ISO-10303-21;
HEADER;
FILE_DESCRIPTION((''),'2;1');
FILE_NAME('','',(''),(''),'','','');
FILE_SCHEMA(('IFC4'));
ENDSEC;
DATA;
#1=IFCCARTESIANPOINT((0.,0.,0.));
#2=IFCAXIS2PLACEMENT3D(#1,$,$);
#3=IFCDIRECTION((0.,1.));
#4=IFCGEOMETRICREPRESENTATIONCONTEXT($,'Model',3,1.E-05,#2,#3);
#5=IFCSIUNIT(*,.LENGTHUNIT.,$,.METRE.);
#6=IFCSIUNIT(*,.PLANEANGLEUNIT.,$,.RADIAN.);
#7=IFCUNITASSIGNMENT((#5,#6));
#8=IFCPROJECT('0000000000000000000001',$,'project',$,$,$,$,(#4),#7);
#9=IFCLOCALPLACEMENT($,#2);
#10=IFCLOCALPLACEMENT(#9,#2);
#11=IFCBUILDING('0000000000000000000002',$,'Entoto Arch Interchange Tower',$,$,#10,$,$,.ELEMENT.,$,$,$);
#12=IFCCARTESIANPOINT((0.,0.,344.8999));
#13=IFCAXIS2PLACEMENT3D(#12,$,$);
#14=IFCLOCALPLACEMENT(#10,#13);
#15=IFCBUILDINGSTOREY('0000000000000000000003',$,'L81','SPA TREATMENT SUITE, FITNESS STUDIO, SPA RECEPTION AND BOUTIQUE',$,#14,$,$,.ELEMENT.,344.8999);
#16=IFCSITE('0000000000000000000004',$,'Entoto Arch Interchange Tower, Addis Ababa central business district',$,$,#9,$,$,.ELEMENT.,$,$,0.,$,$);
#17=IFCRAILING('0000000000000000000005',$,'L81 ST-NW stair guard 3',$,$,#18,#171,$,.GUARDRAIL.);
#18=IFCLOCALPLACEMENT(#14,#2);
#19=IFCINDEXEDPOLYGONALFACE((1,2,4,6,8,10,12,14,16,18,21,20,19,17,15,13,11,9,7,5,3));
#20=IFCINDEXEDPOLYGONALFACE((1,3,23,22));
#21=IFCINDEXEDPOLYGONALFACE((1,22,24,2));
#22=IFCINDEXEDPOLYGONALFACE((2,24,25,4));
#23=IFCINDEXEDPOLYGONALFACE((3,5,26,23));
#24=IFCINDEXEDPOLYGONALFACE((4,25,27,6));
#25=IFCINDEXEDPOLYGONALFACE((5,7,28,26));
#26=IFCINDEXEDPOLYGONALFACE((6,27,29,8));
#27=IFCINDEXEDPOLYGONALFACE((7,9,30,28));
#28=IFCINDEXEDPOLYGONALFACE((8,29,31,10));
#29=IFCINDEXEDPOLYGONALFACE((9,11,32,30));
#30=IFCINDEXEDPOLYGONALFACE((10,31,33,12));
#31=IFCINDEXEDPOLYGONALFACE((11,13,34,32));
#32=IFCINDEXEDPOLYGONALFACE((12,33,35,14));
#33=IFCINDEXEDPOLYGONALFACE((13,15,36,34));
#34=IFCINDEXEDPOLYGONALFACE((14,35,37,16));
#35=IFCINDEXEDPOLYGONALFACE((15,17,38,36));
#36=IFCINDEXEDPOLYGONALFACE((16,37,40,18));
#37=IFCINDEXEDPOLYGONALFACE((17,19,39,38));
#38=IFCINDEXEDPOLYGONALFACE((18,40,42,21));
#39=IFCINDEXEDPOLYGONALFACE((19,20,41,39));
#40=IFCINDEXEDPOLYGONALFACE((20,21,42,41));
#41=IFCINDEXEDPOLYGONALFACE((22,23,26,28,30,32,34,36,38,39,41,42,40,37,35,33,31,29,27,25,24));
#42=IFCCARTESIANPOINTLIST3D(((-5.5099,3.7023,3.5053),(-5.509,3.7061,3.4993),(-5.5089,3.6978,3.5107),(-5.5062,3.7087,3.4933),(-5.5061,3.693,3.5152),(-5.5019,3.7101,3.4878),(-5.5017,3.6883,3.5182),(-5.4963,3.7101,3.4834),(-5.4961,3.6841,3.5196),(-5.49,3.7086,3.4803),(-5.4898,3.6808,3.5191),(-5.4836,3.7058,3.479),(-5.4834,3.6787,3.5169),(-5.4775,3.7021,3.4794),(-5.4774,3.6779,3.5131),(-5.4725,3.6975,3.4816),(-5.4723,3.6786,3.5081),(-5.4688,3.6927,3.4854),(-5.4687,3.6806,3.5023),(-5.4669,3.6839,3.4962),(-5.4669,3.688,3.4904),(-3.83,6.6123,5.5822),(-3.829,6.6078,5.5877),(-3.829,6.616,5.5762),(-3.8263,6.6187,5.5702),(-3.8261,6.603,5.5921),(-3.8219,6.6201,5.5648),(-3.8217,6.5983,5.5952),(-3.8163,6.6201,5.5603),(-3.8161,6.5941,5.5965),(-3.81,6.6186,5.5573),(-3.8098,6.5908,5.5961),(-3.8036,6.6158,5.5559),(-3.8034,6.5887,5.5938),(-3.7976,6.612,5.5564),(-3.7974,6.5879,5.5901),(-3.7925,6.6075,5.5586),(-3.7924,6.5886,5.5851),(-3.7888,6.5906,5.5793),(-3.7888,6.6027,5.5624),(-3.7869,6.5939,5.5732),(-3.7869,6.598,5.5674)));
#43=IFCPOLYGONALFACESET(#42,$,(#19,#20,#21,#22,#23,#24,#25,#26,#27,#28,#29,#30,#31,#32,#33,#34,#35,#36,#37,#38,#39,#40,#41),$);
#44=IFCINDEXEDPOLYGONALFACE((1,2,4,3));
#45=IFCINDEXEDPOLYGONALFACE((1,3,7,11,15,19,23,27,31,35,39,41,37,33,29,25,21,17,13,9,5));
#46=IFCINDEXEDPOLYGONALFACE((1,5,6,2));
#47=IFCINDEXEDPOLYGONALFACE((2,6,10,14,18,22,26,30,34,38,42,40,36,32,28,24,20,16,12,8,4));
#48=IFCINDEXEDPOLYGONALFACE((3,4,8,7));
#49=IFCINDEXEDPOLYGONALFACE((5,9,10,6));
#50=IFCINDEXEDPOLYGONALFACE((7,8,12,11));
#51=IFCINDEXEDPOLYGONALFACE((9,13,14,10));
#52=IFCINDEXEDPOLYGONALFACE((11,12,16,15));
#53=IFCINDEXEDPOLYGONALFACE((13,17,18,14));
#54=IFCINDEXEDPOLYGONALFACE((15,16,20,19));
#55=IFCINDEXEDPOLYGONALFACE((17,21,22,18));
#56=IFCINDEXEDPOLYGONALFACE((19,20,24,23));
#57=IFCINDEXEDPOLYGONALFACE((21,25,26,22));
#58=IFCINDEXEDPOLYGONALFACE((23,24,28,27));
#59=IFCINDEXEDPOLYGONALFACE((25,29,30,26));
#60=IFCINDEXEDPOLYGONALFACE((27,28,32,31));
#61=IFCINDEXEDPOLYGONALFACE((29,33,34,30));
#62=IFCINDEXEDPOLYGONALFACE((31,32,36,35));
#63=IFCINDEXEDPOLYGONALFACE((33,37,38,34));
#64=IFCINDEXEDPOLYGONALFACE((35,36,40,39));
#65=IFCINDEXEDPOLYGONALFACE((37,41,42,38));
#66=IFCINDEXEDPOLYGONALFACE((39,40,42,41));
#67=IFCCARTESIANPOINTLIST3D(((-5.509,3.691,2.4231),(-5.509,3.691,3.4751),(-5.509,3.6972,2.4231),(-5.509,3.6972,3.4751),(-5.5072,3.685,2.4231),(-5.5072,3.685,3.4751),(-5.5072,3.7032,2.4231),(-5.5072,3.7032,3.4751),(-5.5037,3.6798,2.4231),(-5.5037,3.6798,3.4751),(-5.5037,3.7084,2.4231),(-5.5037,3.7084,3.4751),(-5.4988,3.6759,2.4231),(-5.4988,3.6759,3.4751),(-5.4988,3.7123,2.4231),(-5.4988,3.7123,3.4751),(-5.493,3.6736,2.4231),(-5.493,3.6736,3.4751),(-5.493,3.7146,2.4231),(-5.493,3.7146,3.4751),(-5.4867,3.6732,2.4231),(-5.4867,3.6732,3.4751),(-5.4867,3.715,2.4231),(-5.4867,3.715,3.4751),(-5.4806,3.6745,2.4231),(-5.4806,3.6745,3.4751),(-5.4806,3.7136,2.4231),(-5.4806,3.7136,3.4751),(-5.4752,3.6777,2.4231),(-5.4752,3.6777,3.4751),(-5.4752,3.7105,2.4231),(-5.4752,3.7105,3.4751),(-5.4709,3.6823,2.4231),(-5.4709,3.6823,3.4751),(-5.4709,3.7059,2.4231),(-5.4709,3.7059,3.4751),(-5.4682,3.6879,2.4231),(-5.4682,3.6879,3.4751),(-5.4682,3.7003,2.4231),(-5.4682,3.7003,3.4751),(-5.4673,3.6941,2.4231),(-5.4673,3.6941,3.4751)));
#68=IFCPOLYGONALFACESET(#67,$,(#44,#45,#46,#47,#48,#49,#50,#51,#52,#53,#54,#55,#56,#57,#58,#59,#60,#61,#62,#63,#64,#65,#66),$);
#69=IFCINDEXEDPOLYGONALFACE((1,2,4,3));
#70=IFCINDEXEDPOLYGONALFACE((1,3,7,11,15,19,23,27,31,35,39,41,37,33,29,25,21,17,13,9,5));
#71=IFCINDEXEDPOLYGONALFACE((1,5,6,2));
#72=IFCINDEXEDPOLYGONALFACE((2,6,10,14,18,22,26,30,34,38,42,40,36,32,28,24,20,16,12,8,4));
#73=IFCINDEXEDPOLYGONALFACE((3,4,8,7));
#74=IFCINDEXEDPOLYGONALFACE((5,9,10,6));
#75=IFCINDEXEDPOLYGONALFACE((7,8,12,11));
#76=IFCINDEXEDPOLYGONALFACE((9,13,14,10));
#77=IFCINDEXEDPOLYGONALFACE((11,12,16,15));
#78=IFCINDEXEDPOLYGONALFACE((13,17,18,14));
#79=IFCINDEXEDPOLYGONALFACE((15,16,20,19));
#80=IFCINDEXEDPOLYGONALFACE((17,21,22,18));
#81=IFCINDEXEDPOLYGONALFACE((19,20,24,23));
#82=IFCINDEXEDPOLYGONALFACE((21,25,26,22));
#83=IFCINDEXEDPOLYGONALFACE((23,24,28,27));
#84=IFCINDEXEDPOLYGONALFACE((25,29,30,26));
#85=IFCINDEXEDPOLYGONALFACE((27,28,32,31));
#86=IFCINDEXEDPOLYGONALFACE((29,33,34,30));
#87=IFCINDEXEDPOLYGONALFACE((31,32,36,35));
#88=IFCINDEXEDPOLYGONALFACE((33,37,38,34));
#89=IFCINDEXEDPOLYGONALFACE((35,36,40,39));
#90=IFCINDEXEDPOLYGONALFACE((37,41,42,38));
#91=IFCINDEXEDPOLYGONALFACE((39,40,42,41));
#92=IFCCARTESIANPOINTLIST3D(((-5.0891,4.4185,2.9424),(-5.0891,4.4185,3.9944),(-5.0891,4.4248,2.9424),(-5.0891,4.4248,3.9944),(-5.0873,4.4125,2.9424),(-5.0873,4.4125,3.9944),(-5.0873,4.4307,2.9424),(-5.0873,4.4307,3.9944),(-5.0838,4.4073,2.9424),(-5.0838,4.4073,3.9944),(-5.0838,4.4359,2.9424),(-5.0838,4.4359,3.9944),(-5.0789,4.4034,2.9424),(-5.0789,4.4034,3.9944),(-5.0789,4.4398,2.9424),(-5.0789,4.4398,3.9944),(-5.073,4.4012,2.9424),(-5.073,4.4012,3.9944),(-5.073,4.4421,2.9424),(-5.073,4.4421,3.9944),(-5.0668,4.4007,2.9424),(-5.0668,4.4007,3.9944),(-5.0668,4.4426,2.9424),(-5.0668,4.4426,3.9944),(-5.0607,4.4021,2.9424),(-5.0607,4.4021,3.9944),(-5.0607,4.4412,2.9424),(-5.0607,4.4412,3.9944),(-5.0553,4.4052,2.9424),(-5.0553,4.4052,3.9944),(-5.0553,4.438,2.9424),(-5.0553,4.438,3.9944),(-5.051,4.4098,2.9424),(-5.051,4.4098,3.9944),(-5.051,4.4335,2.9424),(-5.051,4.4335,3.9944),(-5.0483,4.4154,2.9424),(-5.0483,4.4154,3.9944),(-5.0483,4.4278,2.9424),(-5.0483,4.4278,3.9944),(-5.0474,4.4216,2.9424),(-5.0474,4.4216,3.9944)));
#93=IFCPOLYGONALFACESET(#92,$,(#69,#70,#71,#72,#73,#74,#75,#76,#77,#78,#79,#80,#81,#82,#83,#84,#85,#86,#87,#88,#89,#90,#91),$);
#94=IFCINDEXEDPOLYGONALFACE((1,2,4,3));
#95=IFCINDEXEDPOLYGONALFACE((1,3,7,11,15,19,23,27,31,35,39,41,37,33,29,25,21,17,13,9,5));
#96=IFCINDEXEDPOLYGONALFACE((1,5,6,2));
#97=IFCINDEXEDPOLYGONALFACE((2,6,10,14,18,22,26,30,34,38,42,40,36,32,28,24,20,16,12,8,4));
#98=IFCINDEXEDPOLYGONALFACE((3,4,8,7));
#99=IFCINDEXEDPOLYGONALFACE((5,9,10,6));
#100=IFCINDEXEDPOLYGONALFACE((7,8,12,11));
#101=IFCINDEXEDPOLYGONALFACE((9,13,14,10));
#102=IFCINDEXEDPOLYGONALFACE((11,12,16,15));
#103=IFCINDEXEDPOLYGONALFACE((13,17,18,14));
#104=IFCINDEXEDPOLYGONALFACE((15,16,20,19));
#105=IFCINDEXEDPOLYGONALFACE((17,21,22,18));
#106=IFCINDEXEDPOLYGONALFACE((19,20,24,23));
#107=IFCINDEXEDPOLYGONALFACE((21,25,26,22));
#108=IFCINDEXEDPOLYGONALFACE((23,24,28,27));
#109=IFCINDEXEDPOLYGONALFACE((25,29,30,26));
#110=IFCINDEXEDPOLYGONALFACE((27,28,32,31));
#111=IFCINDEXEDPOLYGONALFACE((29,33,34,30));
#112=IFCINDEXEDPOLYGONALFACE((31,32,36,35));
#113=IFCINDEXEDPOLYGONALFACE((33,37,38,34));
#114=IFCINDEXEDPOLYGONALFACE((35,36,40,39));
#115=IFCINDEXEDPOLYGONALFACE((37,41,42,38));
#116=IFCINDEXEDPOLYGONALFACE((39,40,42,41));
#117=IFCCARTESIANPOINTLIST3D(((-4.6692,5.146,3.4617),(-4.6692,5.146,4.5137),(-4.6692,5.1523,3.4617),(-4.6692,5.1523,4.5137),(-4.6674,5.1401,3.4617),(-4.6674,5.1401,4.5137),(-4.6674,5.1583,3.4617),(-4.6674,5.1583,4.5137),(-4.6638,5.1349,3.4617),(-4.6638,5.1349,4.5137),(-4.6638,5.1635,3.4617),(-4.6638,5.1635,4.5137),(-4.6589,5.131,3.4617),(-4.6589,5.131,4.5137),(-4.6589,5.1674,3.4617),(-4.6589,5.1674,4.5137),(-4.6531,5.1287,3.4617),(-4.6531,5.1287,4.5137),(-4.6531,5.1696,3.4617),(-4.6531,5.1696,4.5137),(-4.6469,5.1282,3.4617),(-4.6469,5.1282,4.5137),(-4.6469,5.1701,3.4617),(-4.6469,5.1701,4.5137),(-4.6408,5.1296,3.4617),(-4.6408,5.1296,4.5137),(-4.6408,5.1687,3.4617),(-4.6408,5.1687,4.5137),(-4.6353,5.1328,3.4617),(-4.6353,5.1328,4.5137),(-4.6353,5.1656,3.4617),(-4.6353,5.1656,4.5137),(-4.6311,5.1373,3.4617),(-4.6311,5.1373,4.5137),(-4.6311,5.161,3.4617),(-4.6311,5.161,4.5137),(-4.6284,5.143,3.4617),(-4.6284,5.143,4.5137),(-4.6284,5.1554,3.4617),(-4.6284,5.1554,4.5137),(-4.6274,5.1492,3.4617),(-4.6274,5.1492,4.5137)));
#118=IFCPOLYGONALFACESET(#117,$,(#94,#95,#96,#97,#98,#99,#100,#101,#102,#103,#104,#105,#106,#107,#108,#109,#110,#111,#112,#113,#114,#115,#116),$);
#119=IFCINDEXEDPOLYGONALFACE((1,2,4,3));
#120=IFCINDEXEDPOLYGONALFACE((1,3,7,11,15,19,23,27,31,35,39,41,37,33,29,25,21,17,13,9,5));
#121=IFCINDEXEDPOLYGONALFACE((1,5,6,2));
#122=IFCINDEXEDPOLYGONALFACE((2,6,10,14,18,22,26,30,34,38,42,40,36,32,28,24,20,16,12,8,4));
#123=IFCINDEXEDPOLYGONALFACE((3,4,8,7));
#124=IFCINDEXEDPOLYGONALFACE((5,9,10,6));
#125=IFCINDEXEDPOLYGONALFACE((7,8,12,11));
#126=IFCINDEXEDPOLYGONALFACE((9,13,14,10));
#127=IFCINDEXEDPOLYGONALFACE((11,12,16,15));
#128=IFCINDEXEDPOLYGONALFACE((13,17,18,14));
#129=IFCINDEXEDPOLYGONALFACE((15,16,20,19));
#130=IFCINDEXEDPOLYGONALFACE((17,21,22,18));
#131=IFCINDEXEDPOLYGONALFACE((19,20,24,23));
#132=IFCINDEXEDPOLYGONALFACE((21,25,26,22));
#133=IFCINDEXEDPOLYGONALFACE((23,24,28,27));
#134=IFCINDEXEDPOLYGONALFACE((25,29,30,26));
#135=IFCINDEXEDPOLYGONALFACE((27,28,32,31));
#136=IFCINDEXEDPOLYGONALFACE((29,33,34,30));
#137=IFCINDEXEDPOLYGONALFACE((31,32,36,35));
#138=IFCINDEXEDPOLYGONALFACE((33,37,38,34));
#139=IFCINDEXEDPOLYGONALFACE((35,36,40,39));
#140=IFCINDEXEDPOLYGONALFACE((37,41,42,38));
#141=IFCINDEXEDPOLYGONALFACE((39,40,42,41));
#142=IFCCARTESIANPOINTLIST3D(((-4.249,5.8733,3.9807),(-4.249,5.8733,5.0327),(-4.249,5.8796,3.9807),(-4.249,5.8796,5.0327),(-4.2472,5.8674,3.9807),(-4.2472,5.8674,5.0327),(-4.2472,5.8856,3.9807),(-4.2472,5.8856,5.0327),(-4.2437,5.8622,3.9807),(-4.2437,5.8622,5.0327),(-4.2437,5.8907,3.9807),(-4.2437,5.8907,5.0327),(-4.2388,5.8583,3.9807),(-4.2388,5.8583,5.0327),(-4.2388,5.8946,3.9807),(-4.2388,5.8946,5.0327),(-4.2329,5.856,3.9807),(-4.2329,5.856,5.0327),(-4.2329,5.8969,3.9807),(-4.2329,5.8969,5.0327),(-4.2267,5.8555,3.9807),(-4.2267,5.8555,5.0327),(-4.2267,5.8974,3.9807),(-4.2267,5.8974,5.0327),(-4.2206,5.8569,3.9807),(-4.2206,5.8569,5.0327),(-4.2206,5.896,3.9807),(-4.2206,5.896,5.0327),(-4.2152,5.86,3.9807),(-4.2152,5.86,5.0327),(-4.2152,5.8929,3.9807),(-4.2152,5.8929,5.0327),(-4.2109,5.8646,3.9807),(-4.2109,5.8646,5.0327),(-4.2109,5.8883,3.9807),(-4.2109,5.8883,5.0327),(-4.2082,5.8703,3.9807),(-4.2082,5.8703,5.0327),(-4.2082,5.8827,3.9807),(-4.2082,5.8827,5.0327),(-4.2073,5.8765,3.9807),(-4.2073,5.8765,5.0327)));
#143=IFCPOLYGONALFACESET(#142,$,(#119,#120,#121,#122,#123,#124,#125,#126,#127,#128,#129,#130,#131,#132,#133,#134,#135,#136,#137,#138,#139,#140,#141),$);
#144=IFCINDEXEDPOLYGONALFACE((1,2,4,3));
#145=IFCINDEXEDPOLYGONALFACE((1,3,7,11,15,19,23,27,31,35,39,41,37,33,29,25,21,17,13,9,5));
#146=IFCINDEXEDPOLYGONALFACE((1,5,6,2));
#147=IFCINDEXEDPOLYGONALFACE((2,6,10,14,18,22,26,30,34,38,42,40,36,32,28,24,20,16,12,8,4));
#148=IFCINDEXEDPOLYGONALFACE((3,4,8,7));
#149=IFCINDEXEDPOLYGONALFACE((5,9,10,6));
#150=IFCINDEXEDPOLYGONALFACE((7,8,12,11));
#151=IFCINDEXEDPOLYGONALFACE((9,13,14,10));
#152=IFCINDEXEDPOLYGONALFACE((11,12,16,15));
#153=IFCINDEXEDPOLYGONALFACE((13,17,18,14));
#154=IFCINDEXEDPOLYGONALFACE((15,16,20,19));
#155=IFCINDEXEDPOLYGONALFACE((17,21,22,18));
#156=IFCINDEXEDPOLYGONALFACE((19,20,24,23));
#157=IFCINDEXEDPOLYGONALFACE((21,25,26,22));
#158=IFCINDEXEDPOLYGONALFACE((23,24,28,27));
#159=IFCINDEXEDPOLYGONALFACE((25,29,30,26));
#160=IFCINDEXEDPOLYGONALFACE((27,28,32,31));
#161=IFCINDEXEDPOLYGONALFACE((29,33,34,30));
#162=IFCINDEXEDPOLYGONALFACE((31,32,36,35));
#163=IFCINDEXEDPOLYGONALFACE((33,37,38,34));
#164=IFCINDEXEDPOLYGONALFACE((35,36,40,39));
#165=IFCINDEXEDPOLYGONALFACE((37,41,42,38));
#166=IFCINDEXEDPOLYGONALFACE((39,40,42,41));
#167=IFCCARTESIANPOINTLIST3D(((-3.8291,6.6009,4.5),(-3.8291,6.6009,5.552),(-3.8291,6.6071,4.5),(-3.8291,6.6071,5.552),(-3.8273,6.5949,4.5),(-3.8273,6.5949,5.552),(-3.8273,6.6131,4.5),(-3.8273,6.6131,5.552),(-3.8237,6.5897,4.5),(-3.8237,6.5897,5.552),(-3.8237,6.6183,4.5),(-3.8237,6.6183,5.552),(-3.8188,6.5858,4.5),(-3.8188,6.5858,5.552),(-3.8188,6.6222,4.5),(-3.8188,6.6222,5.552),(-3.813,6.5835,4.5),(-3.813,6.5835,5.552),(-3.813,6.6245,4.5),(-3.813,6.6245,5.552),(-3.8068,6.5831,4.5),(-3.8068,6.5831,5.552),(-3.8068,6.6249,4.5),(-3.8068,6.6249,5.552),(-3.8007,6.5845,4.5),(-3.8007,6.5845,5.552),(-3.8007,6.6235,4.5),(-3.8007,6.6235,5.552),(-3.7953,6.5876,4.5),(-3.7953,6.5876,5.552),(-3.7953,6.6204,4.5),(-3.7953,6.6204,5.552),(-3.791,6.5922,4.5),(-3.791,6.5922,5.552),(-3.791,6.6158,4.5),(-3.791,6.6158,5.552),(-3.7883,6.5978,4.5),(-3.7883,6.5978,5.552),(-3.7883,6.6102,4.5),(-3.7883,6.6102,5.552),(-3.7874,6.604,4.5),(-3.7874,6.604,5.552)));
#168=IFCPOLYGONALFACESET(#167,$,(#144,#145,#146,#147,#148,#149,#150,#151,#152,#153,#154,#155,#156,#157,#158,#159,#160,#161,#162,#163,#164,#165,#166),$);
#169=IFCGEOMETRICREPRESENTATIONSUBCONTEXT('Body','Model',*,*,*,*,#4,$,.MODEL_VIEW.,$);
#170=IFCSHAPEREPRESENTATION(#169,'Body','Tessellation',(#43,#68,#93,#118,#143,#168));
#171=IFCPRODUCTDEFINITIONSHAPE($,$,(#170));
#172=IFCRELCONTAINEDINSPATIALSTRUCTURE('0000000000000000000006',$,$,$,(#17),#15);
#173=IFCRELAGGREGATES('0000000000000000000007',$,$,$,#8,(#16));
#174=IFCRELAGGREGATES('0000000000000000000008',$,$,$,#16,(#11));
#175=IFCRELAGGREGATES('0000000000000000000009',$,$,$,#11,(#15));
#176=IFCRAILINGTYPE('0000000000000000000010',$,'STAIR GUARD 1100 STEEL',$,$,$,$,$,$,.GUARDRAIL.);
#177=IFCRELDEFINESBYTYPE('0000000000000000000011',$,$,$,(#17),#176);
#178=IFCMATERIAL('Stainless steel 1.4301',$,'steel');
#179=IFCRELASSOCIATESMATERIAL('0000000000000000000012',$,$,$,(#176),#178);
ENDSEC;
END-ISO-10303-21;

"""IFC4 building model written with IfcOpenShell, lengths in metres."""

from ifc_helpers import new_model, si_unit, direction, frame, origin, origin_2d, place, context, subcontext, project, spatial, circle, extrude, material, type_object, element, save


model = new_model("IFC4")

# Units and contexts
model_context = context("Model", 3, precision=1e-05, world=origin(), true_north=direction((0.0, 1.0)))
body_context = subcontext(model_context, "Body", "Model", "MODEL_VIEW")
ifc_project = project(units=[si_unit("LENGTHUNIT", "METRE"), si_unit("PLANEANGLEUNIT", "RADIAN")], contexts=[model_context])

# Site, building, storey
site_placement = place(None, origin())
site = spatial("IfcSite", under=ifc_project, at=site_placement, Name="Entoto Arch Interchange Tower, Addis Ababa central business district", CompositionType="ELEMENT", RefElevation=0.0)
building_placement = place(site_placement, origin())
building = spatial("IfcBuilding", under=site, at=building_placement, Name="Entoto Arch Interchange Tower", CompositionType="ELEMENT")
storey_placement = place(building_placement, frame((0.0, 0.0, 344.8999)))
storey = spatial("IfcBuildingStorey", under=building, at=storey_placement, Name="L81", Description="SPA TREATMENT SUITE, FITNESS STUDIO, SPA RECEPTION AND BOUTIQUE", CompositionType="ELEMENT", Elevation=344.8999)

# Railing
ifc_material_1 = material(Name="Stainless steel 1.4301", Category="steel")
railing_type_1 = type_object("IfcRailingType", Name="STAIR GUARD 1100 STEEL", PredefinedType="GUARDRAIL", material=ifc_material_1)
railing_1_placement = place(storey_placement, frame((-5.4883, 3.6941, 2.4231)))
element("IfcRailing", 1, at=railing_1_placement, inside=storey, type_object=railing_type_1, Name="L81 ST-NW stair guard 3", PredefinedType="GUARDRAIL", context=body_context, shape_type="SweptSolid", body=[
    extrude(circle(Radius=0.0239, at=origin_2d()), frame((0.0, 0.0, 1.0762), z_axis=(0.425288, 0.736668, 0.525785), x_axis=(-0.866039, 0.499976, 0.0)), (0.0, 0.0, 1.0), 3.9502),
    extrude(circle(Radius=0.021, at=origin_2d()), origin(), (0.0, 0.0, 1.0), 1.052),
    extrude(circle(Radius=0.021, at=origin_2d()), frame((0.4199, 0.7275, 0.5193)), (0.0, 0.0, 1.0), 1.052),
    extrude(circle(Radius=0.021, at=origin_2d()), frame((0.8398, 1.4551, 1.0386)), (0.0, 0.0, 1.0), 1.052),
    extrude(circle(Radius=0.021, at=origin_2d()), frame((1.26, 2.1824, 1.5576)), (0.0, 0.0, 1.0), 1.052),
    extrude(circle(Radius=0.021, at=origin_2d()), frame((1.6799, 2.9099, 2.0769)), (0.0, 0.0, 1.0), 1.052),
])

save(model, "model.ifc")
